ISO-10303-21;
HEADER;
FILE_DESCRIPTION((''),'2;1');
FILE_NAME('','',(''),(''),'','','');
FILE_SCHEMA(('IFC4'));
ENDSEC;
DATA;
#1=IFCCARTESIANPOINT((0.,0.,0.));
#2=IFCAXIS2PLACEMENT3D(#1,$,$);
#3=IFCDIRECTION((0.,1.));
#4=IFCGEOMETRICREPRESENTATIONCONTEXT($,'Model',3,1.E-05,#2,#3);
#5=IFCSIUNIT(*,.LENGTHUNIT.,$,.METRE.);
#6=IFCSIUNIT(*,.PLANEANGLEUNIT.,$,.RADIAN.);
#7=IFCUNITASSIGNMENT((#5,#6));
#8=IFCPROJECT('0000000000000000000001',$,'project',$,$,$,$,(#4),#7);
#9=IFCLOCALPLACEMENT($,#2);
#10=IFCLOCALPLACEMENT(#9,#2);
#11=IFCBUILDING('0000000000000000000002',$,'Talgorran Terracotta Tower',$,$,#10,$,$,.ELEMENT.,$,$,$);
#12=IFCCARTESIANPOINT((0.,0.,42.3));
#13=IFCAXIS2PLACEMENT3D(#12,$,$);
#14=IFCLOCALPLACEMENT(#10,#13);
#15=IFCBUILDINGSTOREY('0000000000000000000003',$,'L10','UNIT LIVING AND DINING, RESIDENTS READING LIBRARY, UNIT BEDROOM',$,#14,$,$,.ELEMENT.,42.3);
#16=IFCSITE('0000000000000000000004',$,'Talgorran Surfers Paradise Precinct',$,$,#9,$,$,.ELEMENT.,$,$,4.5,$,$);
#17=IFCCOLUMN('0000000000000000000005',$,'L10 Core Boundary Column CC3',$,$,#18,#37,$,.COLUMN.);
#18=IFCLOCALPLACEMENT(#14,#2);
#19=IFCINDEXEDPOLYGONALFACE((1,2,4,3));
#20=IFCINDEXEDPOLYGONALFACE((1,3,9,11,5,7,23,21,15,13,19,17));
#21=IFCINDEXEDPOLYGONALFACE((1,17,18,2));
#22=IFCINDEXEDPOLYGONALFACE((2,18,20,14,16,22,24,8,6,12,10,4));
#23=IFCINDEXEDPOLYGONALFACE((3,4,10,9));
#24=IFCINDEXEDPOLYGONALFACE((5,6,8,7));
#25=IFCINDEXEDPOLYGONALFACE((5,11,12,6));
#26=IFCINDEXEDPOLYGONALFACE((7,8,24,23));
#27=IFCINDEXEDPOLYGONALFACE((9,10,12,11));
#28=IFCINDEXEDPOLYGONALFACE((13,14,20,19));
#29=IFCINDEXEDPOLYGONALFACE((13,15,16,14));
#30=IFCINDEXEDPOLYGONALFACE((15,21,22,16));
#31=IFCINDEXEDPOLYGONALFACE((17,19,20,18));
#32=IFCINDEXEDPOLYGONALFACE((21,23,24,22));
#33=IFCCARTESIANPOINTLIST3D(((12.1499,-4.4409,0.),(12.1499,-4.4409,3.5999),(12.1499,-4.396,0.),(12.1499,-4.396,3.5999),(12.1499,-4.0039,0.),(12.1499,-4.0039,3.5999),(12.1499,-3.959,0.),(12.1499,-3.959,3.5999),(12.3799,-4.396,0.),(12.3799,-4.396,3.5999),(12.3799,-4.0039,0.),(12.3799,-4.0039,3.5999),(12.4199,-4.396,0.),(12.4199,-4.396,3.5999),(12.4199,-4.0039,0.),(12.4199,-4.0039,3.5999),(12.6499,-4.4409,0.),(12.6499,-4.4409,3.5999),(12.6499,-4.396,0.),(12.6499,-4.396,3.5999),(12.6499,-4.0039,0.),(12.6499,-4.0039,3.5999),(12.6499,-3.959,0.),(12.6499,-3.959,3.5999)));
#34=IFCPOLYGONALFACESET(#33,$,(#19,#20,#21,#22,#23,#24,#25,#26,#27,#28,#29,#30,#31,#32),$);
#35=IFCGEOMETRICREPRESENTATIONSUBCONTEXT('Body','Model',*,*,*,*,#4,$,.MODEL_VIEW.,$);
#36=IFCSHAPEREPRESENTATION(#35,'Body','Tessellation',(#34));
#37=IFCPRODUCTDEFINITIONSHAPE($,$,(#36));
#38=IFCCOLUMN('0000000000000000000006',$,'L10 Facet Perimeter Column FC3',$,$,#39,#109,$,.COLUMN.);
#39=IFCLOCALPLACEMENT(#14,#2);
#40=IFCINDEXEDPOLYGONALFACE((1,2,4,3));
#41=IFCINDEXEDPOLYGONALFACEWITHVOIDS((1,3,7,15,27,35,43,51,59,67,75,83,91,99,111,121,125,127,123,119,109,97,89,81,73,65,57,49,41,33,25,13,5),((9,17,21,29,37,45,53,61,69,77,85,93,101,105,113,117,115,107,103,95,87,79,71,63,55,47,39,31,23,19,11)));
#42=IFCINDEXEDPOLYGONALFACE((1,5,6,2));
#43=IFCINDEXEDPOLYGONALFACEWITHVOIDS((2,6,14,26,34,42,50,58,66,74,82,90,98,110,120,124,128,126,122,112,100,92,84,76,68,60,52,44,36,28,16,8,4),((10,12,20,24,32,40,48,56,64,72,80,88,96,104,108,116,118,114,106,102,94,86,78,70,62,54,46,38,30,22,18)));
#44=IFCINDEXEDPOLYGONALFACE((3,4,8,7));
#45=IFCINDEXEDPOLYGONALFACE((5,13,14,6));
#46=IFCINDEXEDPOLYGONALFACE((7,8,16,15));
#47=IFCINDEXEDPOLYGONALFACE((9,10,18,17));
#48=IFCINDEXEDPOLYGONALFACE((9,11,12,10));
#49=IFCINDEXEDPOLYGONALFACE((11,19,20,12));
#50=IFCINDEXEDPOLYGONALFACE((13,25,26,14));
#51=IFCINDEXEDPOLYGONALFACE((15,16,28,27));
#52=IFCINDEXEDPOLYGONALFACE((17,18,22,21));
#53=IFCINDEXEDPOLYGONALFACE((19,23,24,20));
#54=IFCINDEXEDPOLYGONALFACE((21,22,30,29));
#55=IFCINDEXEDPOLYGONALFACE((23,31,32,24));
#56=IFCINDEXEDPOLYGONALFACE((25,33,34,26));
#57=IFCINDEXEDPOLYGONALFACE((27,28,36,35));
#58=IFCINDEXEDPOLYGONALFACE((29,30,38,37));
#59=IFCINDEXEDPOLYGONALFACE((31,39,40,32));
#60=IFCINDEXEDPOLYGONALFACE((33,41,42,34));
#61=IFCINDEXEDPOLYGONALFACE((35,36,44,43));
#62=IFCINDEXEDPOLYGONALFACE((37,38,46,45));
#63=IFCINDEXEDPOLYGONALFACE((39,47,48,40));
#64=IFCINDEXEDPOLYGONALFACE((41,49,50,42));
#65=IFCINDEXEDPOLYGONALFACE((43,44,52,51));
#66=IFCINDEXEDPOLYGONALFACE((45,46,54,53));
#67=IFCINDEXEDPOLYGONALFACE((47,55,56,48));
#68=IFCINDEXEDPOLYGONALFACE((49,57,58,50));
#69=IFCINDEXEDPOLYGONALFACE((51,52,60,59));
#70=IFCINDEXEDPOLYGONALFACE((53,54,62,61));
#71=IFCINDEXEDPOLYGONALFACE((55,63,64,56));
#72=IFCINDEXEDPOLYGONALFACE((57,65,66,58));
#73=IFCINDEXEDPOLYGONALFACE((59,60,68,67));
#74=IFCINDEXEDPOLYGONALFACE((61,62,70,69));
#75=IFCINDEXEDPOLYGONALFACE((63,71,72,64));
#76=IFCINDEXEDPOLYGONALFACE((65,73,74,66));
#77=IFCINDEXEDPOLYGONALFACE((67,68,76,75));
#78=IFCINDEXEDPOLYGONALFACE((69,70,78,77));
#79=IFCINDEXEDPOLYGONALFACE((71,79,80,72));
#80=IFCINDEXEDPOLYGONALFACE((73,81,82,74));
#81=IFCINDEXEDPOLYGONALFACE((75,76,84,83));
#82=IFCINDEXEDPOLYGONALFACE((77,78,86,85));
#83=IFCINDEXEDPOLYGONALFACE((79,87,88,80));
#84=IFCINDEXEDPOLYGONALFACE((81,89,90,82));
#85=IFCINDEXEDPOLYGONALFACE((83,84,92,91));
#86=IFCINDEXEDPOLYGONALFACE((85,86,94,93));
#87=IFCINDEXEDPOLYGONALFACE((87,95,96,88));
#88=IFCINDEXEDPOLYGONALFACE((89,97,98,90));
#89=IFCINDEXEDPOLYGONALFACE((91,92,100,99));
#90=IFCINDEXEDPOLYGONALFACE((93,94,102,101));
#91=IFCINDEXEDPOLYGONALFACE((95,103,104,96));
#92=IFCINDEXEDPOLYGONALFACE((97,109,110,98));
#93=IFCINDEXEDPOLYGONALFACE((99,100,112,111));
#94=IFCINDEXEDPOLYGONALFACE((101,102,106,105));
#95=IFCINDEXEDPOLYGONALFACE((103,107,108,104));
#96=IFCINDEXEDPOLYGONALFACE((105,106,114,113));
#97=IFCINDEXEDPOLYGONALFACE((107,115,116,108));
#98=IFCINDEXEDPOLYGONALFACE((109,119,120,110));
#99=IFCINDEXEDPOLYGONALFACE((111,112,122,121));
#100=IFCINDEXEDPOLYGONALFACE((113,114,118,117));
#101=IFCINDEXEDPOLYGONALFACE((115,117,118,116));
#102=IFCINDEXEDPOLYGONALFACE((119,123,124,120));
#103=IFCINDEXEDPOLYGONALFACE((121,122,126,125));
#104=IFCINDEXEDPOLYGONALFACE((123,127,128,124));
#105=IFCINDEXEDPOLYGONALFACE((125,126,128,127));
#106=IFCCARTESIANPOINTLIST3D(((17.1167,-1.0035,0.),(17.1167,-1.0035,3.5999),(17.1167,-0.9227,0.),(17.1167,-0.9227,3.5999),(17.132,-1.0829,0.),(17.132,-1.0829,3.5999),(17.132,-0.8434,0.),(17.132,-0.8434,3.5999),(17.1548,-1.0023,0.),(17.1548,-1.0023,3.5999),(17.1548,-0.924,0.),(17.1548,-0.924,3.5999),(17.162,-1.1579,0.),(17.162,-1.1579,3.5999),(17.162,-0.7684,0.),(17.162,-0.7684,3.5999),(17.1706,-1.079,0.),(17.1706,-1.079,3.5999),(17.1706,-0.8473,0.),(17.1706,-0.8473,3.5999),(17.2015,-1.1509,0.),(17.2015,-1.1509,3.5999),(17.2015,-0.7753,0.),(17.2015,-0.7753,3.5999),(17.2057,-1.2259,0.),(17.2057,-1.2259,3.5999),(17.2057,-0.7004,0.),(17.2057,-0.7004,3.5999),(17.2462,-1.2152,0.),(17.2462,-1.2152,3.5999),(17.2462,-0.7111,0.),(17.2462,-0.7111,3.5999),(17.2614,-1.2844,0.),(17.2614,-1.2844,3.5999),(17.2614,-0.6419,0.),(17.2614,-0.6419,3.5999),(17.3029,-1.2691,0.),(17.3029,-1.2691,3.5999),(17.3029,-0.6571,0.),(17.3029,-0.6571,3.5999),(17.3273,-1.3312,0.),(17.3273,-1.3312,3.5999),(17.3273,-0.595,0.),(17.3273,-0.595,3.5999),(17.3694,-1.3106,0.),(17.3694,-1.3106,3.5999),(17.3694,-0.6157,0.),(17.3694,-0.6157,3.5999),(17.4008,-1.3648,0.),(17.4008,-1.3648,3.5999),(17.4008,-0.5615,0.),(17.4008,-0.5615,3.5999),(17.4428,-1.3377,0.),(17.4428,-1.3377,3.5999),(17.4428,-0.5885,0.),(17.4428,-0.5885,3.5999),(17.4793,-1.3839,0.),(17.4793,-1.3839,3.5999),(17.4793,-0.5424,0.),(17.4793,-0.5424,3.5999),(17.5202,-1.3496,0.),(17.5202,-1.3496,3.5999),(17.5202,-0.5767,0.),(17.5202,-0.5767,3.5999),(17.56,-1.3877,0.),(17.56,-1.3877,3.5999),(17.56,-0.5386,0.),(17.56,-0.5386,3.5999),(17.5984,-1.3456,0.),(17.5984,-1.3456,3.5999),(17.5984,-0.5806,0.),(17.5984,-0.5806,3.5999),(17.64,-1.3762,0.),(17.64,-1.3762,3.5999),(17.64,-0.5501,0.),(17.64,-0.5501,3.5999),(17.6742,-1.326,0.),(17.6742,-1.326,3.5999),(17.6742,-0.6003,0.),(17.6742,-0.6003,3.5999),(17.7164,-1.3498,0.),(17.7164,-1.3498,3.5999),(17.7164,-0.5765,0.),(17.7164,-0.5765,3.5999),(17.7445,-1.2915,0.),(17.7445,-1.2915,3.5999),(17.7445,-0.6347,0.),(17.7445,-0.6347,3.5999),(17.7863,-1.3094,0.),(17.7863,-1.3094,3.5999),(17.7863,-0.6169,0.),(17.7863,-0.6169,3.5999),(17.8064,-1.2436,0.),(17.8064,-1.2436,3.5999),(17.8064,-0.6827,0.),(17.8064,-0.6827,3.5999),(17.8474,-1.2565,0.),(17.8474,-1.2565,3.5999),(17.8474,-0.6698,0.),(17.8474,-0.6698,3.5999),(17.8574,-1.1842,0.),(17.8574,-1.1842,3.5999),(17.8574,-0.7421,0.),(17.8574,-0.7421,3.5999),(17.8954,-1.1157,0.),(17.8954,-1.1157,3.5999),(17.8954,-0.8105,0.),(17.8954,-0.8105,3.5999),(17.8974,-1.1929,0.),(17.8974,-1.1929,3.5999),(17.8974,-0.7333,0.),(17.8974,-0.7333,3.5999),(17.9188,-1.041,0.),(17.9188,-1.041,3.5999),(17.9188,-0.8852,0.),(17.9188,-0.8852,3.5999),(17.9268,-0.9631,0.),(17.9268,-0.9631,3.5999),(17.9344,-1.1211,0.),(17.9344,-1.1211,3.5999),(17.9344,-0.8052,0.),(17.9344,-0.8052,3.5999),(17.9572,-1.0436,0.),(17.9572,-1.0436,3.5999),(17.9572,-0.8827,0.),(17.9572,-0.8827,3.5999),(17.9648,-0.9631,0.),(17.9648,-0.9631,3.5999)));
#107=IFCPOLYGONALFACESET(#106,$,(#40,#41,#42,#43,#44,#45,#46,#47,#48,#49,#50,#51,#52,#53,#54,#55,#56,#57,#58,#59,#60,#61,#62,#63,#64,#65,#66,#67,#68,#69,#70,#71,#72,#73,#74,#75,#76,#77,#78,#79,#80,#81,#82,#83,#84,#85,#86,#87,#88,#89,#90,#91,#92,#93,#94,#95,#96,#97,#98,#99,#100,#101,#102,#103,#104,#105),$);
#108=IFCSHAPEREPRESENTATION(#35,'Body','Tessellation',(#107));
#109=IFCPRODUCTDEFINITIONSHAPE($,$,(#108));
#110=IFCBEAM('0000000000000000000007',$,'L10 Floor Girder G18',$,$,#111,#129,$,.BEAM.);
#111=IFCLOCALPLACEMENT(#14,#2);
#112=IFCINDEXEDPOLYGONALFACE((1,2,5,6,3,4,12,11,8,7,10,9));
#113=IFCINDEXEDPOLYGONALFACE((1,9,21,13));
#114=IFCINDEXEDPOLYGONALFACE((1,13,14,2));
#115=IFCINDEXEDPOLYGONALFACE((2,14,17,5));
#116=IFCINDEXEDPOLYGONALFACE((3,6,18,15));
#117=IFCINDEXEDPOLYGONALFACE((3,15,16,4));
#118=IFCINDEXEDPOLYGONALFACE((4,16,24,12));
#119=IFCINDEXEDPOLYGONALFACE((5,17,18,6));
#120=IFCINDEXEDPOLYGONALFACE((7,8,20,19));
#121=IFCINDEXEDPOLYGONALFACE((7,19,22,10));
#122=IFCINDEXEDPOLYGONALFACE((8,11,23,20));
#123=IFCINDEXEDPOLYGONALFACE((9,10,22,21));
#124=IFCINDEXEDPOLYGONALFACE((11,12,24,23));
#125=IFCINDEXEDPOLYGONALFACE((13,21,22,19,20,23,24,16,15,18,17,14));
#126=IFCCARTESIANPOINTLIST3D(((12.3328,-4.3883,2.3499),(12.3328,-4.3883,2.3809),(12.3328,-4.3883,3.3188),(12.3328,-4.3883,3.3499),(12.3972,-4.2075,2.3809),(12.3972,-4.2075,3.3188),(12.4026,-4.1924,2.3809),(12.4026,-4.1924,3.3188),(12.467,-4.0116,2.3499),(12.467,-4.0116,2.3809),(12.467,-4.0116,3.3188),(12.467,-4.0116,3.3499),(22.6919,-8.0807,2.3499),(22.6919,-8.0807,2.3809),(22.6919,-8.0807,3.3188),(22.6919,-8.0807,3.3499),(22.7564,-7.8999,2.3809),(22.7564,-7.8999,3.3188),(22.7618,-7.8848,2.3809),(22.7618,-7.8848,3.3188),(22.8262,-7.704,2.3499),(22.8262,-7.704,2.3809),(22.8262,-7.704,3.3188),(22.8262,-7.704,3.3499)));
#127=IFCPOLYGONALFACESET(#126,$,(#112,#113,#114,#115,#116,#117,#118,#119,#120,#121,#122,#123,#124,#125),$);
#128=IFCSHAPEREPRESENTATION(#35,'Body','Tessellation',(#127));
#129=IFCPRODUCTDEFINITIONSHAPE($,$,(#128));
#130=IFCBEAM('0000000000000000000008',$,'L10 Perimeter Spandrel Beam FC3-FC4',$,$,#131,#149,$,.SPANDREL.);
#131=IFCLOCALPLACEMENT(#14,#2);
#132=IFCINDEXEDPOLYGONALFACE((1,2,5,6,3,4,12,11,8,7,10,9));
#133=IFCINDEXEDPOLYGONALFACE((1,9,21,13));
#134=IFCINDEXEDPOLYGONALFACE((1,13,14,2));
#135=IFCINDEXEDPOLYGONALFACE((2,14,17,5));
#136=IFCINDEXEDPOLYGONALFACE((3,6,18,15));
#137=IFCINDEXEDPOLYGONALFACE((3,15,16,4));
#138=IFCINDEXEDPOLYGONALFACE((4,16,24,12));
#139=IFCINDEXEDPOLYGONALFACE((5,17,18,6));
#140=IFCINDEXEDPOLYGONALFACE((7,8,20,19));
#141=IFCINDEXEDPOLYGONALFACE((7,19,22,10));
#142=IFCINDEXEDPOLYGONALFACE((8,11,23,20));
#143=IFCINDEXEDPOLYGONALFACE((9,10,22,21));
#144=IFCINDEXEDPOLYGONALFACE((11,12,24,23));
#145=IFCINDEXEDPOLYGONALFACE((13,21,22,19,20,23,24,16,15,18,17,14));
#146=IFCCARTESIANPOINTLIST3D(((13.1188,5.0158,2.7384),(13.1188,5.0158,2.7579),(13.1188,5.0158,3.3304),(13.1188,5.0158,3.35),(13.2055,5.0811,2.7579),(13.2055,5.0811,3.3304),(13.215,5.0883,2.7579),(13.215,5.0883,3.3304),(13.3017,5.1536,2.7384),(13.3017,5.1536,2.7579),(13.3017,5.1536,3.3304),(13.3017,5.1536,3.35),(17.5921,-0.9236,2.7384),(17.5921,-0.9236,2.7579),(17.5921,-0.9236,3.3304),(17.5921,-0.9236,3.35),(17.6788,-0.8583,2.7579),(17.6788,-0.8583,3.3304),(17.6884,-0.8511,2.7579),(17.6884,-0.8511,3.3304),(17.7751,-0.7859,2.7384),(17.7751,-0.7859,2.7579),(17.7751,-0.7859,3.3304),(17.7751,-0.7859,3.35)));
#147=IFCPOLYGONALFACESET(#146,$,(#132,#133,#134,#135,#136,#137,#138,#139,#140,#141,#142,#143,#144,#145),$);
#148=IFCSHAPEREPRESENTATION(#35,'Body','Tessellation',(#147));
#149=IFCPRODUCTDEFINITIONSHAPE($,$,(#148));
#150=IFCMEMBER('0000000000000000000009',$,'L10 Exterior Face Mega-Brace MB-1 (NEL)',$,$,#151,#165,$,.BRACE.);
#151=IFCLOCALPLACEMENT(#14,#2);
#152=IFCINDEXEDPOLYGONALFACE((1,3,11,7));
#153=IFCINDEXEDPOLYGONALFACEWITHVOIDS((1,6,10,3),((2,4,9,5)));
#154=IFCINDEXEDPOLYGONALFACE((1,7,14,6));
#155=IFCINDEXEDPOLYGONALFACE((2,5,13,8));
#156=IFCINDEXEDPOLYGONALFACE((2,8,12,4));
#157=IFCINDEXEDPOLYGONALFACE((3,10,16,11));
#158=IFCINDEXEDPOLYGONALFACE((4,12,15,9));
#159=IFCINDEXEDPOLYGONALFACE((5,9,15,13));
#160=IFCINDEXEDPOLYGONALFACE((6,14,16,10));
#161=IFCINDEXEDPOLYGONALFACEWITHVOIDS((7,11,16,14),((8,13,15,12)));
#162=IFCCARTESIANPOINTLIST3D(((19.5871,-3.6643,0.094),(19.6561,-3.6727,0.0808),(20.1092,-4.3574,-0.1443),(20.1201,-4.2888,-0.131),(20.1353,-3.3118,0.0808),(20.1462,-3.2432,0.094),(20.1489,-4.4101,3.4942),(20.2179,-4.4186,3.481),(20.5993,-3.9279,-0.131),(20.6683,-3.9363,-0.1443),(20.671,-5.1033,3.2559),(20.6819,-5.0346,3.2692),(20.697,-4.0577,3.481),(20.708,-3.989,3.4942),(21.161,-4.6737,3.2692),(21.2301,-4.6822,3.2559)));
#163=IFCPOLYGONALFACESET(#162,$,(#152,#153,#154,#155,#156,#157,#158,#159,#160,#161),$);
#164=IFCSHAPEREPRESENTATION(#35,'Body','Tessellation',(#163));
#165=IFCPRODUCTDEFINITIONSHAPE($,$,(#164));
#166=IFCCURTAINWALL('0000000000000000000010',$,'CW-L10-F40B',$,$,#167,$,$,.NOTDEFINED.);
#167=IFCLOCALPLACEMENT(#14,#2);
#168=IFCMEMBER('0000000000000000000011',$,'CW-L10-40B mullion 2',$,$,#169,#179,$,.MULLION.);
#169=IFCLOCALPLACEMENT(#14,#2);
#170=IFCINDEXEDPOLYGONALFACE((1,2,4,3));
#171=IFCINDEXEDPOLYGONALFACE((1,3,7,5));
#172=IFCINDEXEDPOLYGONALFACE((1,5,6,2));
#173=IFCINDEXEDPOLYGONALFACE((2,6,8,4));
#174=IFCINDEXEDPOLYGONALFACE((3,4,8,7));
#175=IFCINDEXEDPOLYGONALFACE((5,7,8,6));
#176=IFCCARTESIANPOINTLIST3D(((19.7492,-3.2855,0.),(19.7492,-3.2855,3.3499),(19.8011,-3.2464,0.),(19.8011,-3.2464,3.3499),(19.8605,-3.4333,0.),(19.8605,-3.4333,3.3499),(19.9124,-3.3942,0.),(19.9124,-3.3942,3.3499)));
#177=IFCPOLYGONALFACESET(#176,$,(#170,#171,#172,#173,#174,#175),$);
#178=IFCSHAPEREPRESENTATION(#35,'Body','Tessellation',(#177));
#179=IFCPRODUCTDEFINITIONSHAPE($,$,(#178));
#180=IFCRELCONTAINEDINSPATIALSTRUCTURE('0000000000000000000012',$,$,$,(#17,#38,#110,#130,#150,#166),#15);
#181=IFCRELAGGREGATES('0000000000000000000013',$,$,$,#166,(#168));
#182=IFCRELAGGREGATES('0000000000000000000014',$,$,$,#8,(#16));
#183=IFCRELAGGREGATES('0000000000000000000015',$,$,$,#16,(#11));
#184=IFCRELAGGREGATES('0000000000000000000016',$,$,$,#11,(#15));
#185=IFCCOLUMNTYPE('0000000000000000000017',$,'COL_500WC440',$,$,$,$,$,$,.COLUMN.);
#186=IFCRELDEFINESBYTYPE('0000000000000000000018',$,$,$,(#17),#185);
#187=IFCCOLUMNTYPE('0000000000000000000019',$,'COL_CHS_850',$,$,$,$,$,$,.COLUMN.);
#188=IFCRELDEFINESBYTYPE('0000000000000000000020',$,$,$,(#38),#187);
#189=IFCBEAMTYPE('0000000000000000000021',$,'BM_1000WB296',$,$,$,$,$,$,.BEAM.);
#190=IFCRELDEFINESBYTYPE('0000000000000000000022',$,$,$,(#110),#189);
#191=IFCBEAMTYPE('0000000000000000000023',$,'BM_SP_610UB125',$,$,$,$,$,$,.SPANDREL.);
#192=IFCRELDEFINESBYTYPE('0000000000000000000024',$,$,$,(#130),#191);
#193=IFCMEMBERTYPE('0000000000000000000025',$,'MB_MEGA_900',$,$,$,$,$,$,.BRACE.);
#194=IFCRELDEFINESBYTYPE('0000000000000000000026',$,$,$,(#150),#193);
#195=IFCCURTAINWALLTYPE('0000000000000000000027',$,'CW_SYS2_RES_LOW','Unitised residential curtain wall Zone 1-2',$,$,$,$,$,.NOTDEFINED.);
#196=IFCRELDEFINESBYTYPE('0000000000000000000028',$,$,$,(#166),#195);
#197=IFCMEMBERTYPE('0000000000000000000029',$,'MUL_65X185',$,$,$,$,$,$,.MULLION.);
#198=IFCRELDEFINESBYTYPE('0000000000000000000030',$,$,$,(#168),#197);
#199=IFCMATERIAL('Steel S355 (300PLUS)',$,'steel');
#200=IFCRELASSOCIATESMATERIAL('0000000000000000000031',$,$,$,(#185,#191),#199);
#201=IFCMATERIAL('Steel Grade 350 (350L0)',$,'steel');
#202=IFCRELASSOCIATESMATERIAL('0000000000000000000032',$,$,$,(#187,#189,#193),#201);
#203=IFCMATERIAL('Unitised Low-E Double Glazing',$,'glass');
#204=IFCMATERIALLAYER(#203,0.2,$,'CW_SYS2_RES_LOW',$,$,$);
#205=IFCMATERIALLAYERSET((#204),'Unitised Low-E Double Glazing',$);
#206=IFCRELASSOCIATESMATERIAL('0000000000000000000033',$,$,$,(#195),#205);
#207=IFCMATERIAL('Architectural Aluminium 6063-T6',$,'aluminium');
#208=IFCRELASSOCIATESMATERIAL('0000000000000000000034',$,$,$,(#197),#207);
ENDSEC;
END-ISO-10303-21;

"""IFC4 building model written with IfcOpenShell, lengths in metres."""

from ifc_helpers import new_model, si_unit, direction, frame, origin, origin_2d, place, context, subcontext, project, spatial, rectangle, hollow_rectangle, hollow_circle, i_section, extrude, material, layer, layer_set, material_profile, profile_set, type_object, element, aggregate, save


model = new_model("IFC4")

# Units and contexts
model_context = context("Model", 3, precision=1e-05, world=origin(), true_north=direction((0.0, 1.0)))
body_context = subcontext(model_context, "Body", "Model", "MODEL_VIEW")
ifc_project = project(units=[si_unit("LENGTHUNIT", "METRE"), si_unit("PLANEANGLEUNIT", "RADIAN")], contexts=[model_context])

# Site, building, storey
site_placement = place(None, origin())
site = spatial("IfcSite", under=ifc_project, at=site_placement, Name="Talgorran Surfers Paradise Precinct", CompositionType="ELEMENT", RefElevation=4.5)
building_placement = place(site_placement, origin())
building = spatial("IfcBuilding", under=site, at=building_placement, Name="Talgorran Terracotta Tower", CompositionType="ELEMENT")
storey_placement = place(building_placement, frame((0.0, 0.0, 42.3)))
storey = spatial("IfcBuildingStorey", under=building, at=storey_placement, Name="L10", Description="UNIT LIVING AND DINING, RESIDENTS READING LIBRARY, UNIT BEDROOM", CompositionType="ELEMENT", Elevation=42.3)

# Columns
ifc_material_1 = material(Name="Steel S355 (300PLUS)", Category="steel")
ifc_material_profile_1 = material_profile(ifc_material_1, i_section(OverallWidth=0.5, OverallDepth=0.4819, WebThickness=0.04, FlangeThickness=0.0449, at=origin_2d()), Name="500WC440")
ifc_profile_set_1 = profile_set([ifc_material_profile_1], Name="Steel S355 (300PLUS)")
column_type_1 = type_object("IfcColumnType", Name="COL_500WC440", PredefinedType="COLUMN", material=ifc_profile_set_1)
column_1_placement = place(storey_placement, frame((12.3999, -4.2, 0.0), z_axis=(0.0, 0.0, 1.0), x_axis=(1.0, 0.0, 0.0)))
element("IfcColumn", 1, at=column_1_placement, inside=storey, type_object=column_type_1, Name="L10 Core Boundary Column CC3", PredefinedType="COLUMN", context=body_context, shape_type="SweptSolid", body=[
    extrude(i_section(OverallWidth=0.5, OverallDepth=0.4819, WebThickness=0.04, FlangeThickness=0.0449, at=origin_2d()), origin(), (0.0, 0.0, 1.0), 3.5999),
])
ifc_material_2 = material(Name="Steel Grade 350 (350L0)", Category="steel")
ifc_material_profile_2 = material_profile(ifc_material_2, hollow_circle(Radius=0.425, WallThickness=0.0381, at=origin_2d()), Name="CHS850X38")
ifc_profile_set_2 = profile_set([ifc_material_profile_2], Name="Steel Grade 350 (350L0)")
column_type_2 = type_object("IfcColumnType", Name="COL_CHS_850", PredefinedType="COLUMN", material=ifc_profile_set_2)
column_2_placement = place(storey_placement, frame((17.5398, -0.9631, 0.0), z_axis=(0.0, 0.0, 1.0), x_axis=(1.0, 0.0, 0.0)))
element("IfcColumn", 2, at=column_2_placement, inside=storey, type_object=column_type_2, Name="L10 Facet Perimeter Column FC3", PredefinedType="COLUMN", context=body_context, shape_type="SweptSolid", body=[
    extrude(hollow_circle(Radius=0.425, WallThickness=0.0381, at=origin_2d()), origin(), (0.0, 0.0, 1.0), 3.5999),
])

# Beams
ifc_material_profile_3 = material_profile(ifc_material_2, i_section(OverallWidth=0.3999, OverallDepth=1.0, WebThickness=0.0161, FlangeThickness=0.031, at=origin_2d()), Name="1000WB296")
ifc_profile_set_3 = profile_set([ifc_material_profile_3], Name="Steel Grade 350 (350L0)")
beam_type_1 = type_object("IfcBeamType", Name="BM_1000WB296", PredefinedType="BEAM", material=ifc_profile_set_3)
beam_1_placement = place(storey_placement, frame((12.3999, -4.2, 2.8499), z_axis=(0.941952, -0.335747, 0.0), x_axis=(0.335747, 0.941952, 0.0)))
element("IfcBeam", 3, at=beam_1_placement, inside=storey, type_object=beam_type_1, Name="L10 Floor Girder G18", PredefinedType="BEAM", context=body_context, shape_type="SweptSolid", body=[
    extrude(i_section(OverallWidth=0.3999, OverallDepth=1.0, WebThickness=0.0161, FlangeThickness=0.031, at=origin_2d()), origin(), (0.0, 0.0, 1.0), 10.9976),
])
ifc_material_profile_4 = material_profile(ifc_material_1, i_section(OverallWidth=0.229, OverallDepth=0.6116, WebThickness=0.012, FlangeThickness=0.0195, at=origin_2d()), Name="610UB125")
ifc_profile_set_4 = profile_set([ifc_material_profile_4], Name="Steel S355 (300PLUS)")
beam_type_2 = type_object("IfcBeamType", Name="BM_SP_610UB125", PredefinedType="SPANDREL", material=ifc_profile_set_4)
beam_2_placement = place(storey_placement, frame((17.6836, -0.8547, 3.0442), z_axis=(-0.601617, 0.798785, 0.0), x_axis=(-0.798785, -0.601617, 0.0)))
element("IfcBeam", 4, at=beam_2_placement, inside=storey, type_object=beam_type_2, Name="L10 Perimeter Spandrel Beam FC3-FC4", PredefinedType="SPANDREL", context=body_context, shape_type="SweptSolid", body=[
    extrude(i_section(OverallWidth=0.229, OverallDepth=0.6116, WebThickness=0.012, FlangeThickness=0.0195, at=origin_2d()), origin(), (0.0, 0.0, 1.0), 7.4355),
])

# Member
ifc_material_profile_5 = material_profile(ifc_material_2, hollow_rectangle(XDim=0.7, YDim=0.8999, WallThickness=0.05, at=origin_2d()), Name="WBOX900X700X50")
ifc_profile_set_5 = profile_set([ifc_material_profile_5], Name="Steel Grade 350 (350L0)")
member_type_1 = type_object("IfcMemberType", Name="MB_MEGA_900", PredefinedType="BRACE", material=ifc_profile_set_5)
member_1_placement = place(storey_placement, frame((20.1277, -3.8003, -0.0251), z_axis=(0.15932, -0.211527, 0.964299), x_axis=(0.798775, 0.60163, 0.0)))
element("IfcMember", 5, at=member_1_placement, inside=storey, type_object=member_type_1, Name="L10 Exterior Face Mega-Brace MB-1 (NEL)", PredefinedType="BRACE", context=body_context, shape_type="SweptSolid", body=[
    extrude(hollow_rectangle(XDim=0.7, YDim=0.8999, WallThickness=0.05, at=origin_2d()), origin(), (0.0, 0.0, 1.0), 3.5261),
])

# Curtain wall, member
ifc_material_3 = material(Name="Unitised Low-E Double Glazing", Category="glass")
ifc_layer_1 = layer(ifc_material_3, 0.2, Name="CW_SYS2_RES_LOW")
ifc_layer_set_1 = layer_set([ifc_layer_1], Name="Unitised Low-E Double Glazing")
curtain_wall_type = type_object("IfcCurtainWallType", Name="CW_SYS2_RES_LOW", Description="Unitised residential curtain wall Zone 1-2", PredefinedType="NOTDEFINED", material=ifc_layer_set_1)
curtain_wall_1_placement = place(storey_placement, origin())
curtain_wall_1 = element("IfcCurtainWall", 6, at=curtain_wall_1_placement, inside=storey, type_object=curtain_wall_type, Name="CW-L10-F40B", PredefinedType="NOTDEFINED")
ifc_material_4 = material(Name="Architectural Aluminium 6063-T6", Category="aluminium")
ifc_material_profile_6 = material_profile(ifc_material_4, rectangle(XDim=0.0649, YDim=0.1851, at=origin_2d()), Name="CWM65X185")
ifc_profile_set_6 = profile_set([ifc_material_profile_6], Name="Architectural Aluminium 6063-T6")
member_type_2 = type_object("IfcMemberType", Name="MUL_65X185", PredefinedType="MULLION", material=ifc_profile_set_6)
member_2_placement = place(storey_placement, frame((19.8308, -3.3398, 0.0), z_axis=(0.0, 0.0, 1.0), x_axis=(-0.798782, -0.60162, 0.0)))
member_2 = element("IfcMember", 7, at=member_2_placement, type_object=member_type_2, Name="CW-L10-40B mullion 2", PredefinedType="MULLION", context=body_context, shape_type="SweptSolid", body=[
    extrude(rectangle(XDim=0.0649, YDim=0.1851, at=origin_2d()), origin(), (0.0, 0.0, 1.0), 3.3499),
])

aggregate(curtain_wall_1, [member_2])

save(model, "model.ifc")
